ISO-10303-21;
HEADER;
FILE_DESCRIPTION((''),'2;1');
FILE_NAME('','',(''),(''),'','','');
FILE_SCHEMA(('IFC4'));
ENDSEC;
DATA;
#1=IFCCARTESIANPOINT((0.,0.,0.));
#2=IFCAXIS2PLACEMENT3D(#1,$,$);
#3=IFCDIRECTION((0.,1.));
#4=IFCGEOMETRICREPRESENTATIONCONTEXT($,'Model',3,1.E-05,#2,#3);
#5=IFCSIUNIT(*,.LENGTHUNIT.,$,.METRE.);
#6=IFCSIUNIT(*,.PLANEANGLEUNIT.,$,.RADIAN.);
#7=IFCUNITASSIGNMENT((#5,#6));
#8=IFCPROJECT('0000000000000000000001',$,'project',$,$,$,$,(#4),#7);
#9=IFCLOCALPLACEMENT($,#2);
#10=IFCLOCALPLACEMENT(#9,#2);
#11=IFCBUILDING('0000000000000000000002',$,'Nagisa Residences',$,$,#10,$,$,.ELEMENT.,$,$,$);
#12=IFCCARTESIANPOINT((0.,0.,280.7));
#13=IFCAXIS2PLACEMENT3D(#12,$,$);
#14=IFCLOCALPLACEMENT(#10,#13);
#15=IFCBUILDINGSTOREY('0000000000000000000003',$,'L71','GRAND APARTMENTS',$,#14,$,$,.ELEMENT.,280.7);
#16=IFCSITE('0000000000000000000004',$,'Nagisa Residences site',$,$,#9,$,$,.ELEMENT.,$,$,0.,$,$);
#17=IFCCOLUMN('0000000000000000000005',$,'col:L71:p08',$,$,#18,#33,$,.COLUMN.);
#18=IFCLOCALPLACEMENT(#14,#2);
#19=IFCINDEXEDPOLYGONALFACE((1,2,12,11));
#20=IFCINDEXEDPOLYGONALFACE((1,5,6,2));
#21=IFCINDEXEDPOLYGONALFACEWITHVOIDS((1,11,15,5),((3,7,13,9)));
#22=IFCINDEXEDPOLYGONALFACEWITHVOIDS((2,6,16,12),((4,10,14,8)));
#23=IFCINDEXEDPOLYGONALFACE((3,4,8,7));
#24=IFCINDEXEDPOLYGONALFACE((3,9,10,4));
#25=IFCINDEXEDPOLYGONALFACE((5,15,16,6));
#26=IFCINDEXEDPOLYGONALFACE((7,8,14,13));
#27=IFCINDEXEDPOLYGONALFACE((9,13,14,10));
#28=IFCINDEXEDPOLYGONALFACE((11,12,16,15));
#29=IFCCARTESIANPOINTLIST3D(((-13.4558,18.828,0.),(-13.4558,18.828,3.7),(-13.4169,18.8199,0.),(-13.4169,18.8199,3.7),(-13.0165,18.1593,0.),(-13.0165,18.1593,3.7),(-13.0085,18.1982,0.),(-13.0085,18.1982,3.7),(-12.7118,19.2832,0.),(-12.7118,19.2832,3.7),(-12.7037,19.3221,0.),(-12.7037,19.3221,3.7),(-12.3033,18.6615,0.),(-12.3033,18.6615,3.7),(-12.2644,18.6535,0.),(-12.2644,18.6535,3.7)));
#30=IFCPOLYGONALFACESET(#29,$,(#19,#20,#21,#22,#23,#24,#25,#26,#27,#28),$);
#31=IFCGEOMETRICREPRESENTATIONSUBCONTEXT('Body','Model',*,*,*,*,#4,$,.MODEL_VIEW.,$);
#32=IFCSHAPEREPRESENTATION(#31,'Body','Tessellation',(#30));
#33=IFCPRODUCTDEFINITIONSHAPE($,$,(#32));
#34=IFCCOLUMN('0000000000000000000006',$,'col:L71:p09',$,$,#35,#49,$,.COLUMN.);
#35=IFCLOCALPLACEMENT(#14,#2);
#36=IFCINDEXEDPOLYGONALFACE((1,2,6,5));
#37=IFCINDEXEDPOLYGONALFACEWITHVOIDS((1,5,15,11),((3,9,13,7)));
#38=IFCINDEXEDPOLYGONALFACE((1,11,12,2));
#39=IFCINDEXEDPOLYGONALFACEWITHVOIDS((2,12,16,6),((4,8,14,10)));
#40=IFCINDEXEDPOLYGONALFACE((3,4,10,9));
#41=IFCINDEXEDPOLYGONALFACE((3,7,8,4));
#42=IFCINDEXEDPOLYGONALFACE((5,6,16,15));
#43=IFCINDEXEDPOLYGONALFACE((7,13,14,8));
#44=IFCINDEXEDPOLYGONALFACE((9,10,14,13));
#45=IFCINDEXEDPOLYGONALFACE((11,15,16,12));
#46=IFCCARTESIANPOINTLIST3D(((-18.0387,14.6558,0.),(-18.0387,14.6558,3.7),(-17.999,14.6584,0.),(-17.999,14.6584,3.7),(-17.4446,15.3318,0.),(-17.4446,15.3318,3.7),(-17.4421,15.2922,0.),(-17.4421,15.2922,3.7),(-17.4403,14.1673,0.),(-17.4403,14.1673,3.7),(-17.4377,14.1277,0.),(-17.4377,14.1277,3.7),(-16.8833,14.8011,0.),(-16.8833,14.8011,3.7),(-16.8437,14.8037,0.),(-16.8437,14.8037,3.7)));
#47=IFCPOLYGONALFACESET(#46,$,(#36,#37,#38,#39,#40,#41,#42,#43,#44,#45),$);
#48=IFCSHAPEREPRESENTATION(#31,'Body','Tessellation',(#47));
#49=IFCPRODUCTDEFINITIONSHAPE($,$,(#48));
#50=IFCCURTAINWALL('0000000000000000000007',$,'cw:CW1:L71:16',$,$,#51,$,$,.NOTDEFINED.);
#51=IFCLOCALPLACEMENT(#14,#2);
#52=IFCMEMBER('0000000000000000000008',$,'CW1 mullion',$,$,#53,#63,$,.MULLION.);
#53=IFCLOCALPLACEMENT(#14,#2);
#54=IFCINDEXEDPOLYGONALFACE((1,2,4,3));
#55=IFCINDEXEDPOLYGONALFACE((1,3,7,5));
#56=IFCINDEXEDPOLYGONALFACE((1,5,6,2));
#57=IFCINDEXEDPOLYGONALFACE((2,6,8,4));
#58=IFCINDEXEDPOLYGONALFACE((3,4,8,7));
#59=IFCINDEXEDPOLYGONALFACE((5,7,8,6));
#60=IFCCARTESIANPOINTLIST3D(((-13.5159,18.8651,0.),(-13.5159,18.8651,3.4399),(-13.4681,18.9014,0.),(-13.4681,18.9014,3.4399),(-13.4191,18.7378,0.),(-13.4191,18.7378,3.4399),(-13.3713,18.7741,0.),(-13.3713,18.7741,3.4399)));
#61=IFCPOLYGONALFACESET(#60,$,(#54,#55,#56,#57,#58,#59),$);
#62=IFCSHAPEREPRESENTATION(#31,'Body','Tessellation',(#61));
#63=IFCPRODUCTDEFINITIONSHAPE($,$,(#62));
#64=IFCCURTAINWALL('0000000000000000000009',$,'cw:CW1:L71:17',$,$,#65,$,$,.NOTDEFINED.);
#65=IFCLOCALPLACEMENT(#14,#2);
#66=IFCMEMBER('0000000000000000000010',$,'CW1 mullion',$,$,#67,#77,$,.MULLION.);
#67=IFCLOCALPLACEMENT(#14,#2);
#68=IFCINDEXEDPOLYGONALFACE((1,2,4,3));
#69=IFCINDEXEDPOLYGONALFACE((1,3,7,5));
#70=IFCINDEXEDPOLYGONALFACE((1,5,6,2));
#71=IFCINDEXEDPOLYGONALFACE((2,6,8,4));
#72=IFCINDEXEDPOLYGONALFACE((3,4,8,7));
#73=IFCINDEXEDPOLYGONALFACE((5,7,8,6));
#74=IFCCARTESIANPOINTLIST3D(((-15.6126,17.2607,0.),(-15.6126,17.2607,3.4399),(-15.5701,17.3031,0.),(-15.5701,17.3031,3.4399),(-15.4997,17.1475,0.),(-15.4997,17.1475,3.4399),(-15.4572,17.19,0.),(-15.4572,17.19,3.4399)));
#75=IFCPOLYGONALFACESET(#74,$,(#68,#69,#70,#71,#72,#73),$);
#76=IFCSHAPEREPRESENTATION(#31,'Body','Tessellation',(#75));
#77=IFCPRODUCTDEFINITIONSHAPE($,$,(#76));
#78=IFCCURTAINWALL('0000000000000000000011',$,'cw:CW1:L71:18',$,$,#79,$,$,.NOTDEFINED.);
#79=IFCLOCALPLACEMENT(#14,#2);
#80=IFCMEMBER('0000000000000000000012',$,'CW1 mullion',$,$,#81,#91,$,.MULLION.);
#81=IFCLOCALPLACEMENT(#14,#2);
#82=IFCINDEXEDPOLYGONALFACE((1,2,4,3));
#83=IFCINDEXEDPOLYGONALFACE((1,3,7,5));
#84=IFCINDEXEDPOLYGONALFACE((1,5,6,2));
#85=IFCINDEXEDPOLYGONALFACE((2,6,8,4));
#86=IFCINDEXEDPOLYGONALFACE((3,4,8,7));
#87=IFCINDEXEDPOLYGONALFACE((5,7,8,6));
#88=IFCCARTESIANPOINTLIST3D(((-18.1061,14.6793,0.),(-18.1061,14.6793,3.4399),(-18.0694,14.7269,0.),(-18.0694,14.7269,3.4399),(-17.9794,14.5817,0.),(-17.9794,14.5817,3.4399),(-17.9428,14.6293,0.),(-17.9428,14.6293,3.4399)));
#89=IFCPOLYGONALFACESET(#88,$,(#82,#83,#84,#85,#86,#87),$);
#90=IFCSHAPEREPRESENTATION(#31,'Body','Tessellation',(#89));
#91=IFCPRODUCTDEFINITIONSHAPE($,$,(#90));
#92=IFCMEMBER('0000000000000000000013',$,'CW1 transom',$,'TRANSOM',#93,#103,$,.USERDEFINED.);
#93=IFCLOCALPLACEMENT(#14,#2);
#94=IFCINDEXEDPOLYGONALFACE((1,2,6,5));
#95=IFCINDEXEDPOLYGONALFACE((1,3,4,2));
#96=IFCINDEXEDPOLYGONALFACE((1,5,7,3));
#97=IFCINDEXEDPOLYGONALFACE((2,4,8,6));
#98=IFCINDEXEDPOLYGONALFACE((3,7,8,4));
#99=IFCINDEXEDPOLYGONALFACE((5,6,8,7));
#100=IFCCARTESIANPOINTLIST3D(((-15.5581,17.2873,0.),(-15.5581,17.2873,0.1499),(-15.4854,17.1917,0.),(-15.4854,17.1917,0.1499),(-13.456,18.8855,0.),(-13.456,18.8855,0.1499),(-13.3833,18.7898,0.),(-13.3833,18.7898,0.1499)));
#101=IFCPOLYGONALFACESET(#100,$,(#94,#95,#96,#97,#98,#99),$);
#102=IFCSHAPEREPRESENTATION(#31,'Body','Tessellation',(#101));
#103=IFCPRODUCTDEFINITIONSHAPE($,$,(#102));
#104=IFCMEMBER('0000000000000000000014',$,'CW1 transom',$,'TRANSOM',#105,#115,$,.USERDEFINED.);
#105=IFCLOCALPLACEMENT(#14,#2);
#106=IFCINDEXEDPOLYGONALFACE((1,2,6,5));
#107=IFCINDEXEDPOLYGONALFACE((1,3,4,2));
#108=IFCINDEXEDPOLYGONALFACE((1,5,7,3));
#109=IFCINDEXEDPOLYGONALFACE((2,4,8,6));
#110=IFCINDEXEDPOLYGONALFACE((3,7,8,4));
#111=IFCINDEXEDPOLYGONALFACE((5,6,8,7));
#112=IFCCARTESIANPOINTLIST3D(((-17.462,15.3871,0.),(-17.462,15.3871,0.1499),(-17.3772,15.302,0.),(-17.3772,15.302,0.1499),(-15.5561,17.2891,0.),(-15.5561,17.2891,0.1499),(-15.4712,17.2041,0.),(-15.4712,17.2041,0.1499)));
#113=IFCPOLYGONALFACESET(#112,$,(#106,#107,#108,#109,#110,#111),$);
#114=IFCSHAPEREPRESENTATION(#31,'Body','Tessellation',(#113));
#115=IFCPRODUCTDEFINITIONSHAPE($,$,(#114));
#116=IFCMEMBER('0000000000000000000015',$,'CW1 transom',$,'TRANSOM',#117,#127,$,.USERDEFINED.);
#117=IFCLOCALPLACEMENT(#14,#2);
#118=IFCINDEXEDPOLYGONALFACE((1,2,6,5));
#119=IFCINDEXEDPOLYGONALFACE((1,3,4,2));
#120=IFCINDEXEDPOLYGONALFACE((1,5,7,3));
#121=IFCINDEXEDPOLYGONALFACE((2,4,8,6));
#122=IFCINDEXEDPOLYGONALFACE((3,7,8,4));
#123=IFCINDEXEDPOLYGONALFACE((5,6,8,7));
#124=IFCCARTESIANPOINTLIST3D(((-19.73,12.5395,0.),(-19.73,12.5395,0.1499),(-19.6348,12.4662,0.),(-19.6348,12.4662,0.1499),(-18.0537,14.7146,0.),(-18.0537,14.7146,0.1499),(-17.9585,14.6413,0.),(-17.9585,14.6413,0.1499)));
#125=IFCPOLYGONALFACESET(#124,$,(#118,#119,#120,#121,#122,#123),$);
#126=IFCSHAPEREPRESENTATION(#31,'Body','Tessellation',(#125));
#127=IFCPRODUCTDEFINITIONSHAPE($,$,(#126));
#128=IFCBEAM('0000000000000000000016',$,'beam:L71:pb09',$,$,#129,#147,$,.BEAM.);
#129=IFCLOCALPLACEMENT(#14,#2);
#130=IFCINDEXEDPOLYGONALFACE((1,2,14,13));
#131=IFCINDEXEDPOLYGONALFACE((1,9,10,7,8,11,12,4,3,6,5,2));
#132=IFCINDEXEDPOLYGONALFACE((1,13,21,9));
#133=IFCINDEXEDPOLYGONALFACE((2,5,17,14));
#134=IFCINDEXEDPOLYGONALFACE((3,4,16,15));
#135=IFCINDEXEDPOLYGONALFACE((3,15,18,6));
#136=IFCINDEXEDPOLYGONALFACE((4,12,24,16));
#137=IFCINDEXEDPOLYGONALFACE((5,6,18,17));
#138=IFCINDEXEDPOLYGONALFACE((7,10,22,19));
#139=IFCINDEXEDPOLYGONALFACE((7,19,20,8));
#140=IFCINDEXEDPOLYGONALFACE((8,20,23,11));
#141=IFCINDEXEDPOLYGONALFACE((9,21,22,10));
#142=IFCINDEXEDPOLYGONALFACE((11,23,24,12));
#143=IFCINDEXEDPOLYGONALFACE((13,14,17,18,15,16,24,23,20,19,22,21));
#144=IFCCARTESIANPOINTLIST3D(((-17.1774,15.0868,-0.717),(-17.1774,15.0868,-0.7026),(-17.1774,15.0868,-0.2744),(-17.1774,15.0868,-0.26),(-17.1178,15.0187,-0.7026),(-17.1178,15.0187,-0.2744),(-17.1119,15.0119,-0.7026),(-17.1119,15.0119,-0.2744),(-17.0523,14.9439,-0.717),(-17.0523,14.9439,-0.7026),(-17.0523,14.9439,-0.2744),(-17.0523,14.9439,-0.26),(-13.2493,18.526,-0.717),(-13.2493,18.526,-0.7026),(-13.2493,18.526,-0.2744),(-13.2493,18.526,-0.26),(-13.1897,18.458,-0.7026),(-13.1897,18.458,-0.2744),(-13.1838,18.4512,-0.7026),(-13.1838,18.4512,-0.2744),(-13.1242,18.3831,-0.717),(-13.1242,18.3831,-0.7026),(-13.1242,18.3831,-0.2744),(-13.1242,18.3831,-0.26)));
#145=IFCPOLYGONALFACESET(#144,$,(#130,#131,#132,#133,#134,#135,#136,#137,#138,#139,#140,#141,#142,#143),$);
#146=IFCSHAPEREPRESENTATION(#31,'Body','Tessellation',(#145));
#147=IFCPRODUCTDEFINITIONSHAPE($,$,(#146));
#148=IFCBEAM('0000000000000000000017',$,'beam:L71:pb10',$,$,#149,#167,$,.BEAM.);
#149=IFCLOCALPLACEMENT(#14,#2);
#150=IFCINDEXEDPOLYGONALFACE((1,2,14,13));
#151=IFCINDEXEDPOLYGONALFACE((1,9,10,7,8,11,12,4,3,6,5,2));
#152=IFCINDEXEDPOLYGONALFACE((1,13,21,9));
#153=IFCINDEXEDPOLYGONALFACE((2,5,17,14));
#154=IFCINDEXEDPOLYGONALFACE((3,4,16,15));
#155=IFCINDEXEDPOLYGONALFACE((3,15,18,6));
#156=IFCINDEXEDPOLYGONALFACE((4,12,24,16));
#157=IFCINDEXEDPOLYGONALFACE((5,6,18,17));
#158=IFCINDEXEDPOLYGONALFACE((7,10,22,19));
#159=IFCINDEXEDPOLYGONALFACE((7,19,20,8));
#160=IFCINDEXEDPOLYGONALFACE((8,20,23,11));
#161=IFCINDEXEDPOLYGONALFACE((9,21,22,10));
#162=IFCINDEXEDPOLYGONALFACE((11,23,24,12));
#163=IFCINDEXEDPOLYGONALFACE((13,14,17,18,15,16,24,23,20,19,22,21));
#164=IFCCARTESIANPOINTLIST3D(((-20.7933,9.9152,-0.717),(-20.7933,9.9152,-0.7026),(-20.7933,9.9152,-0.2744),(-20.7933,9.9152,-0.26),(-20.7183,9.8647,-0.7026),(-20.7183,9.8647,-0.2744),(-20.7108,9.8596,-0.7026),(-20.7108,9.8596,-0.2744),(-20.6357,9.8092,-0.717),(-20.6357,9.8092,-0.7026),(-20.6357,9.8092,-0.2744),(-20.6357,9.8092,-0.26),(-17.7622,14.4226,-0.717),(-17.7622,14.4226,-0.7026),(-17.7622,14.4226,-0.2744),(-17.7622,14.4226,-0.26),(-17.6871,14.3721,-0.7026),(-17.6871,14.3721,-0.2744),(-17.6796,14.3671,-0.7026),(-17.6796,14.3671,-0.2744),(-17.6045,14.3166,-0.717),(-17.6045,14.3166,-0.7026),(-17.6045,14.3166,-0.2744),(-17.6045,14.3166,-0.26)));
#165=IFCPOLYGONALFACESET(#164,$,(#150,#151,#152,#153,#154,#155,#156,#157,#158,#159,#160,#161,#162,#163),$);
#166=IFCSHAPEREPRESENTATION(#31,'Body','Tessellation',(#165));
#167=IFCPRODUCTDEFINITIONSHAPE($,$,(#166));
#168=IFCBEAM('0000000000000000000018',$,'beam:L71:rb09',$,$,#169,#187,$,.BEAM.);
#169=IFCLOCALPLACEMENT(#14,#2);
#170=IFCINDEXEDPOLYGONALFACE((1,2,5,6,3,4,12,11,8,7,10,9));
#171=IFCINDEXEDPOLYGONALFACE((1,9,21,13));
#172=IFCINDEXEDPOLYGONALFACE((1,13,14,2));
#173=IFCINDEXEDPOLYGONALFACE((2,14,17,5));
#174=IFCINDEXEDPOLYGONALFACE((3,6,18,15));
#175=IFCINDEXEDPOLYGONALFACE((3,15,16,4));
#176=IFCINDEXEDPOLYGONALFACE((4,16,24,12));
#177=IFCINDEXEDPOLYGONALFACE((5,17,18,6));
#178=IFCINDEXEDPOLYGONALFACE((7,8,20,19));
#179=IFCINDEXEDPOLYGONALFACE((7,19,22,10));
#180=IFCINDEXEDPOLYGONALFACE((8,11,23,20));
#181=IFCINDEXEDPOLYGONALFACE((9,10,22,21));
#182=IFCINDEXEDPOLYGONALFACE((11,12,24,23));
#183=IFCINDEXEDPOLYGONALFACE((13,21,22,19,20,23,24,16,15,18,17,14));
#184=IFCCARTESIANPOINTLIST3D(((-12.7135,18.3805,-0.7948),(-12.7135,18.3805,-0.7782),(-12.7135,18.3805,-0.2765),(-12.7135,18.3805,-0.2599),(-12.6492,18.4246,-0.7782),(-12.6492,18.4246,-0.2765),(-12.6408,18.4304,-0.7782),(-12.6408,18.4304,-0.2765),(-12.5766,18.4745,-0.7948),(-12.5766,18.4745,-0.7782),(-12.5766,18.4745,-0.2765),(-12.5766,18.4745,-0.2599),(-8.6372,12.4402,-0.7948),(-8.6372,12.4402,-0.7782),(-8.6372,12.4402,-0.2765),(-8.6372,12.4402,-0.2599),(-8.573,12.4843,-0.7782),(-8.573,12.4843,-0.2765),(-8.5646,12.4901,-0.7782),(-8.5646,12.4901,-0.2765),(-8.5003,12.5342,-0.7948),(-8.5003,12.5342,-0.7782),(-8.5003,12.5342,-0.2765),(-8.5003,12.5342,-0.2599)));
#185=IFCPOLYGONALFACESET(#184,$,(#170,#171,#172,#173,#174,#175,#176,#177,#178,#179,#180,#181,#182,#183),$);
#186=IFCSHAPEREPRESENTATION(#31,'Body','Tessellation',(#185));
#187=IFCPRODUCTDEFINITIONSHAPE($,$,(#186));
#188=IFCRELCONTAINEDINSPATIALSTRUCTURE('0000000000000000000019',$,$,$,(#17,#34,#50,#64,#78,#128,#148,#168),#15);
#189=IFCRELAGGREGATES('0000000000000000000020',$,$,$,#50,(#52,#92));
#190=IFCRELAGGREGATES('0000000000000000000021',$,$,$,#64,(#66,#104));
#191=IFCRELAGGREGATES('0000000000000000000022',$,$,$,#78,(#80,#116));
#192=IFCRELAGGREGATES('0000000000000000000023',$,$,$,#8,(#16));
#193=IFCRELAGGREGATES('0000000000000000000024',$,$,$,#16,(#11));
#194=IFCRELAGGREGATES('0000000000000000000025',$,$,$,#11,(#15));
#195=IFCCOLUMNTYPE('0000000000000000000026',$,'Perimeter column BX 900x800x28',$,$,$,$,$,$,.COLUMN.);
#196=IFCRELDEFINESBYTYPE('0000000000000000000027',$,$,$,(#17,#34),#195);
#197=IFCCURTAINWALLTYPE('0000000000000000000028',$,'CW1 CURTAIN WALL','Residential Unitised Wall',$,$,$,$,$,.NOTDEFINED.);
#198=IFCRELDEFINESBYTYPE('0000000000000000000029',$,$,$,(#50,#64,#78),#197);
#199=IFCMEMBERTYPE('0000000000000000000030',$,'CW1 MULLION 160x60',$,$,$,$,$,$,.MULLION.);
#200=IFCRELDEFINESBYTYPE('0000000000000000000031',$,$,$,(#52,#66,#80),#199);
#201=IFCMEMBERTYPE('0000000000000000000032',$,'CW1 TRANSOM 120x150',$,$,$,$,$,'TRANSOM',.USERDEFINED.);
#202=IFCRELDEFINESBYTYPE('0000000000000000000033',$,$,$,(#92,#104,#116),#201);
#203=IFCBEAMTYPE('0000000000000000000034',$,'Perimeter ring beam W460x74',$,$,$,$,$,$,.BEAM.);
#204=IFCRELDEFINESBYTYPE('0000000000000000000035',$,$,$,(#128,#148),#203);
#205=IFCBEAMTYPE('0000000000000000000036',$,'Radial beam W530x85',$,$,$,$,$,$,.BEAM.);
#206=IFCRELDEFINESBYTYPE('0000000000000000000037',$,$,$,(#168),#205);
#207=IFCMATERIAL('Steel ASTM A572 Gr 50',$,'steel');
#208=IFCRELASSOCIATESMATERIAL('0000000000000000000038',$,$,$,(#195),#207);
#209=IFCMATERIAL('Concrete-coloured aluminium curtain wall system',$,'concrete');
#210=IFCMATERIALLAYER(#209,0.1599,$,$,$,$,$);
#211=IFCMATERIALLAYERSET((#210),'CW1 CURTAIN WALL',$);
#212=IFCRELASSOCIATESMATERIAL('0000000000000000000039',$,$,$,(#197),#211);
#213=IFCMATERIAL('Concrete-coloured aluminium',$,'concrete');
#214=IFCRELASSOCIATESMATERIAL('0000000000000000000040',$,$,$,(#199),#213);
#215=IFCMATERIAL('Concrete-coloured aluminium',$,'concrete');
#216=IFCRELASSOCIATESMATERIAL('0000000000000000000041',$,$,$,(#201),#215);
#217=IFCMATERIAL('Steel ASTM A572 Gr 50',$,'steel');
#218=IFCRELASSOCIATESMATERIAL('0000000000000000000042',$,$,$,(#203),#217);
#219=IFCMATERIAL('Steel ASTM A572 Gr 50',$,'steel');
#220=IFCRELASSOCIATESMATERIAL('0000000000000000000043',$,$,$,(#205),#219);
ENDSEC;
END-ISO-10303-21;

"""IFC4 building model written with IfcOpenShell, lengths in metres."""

from ifc_helpers import new_model, si_unit, direction, frame, origin, origin_2d, place, context, subcontext, project, spatial, rectangle, hollow_rectangle, i_section, extrude, material, layer, layer_set, material_profile, profile_set, type_object, element, aggregate, save


model = new_model("IFC4")

# Units and contexts
model_context = context("Model", 3, precision=1e-05, world=origin(), true_north=direction((0.0, 1.0)))
body_context = subcontext(model_context, "Body", "Model", "MODEL_VIEW")
ifc_project = project(units=[si_unit("LENGTHUNIT", "METRE"), si_unit("PLANEANGLEUNIT", "RADIAN")], contexts=[model_context])

# Site, building, storey
site_placement = place(None, origin())
site = spatial("IfcSite", under=ifc_project, at=site_placement, Name="Nagisa Residences site", CompositionType="ELEMENT", RefElevation=0.0)
building_placement = place(site_placement, origin())
building = spatial("IfcBuilding", under=site, at=building_placement, Name="Nagisa Residences", CompositionType="ELEMENT")
storey_placement = place(building_placement, frame((0.0, 0.0, 280.7)))
storey = spatial("IfcBuildingStorey", under=building, at=storey_placement, Name="L71", Description="GRAND APARTMENTS", CompositionType="ELEMENT", Elevation=280.7)

# Columns
ifc_material_1 = material(Name="Steel ASTM A572 Gr 50", Category="steel")
ifc_material_profile_1 = material_profile(ifc_material_1, hollow_rectangle(XDim=0.8999, YDim=0.8, WallThickness=0.0281, at=origin_2d()), Name="BX 900x800x28")
ifc_profile_set_1 = profile_set([ifc_material_profile_1], Name="Steel ASTM A572 Gr 50")
column_type = type_object("IfcColumnType", Name="Perimeter column BX 900x800x28", PredefinedType="COLUMN", material=ifc_profile_set_1)
for number, where, z_axis, x_axis, name in (
    (1, (-12.8601, 18.7407, 0.0), (0.0, 0.0, 1.0), (-0.835766, -0.549086, 0.0), "col:L71:p08"),
    (2, (-17.4412, 14.7297, 0.0), (0.0, 0.0, 1.0), (-0.660115, -0.751165, 0.0), "col:L71:p09"),
):
    element("IfcColumn", number, at=place(storey_placement, frame(where, z_axis=z_axis, x_axis=x_axis)), inside=storey, type_object=column_type, Name=name, PredefinedType="COLUMN", context=body_context, shape_type="SweptSolid", body=[
        extrude(hollow_rectangle(XDim=0.8999, YDim=0.8, WallThickness=0.0281, at=origin_2d()), origin(), (0.0, 0.0, 1.0), 3.7),
    ])

# Curtain walls, members
ifc_material_2 = material(Name="Concrete-coloured aluminium curtain wall system", Category="concrete")
ifc_layer_1 = layer(ifc_material_2, 0.1599)
ifc_layer_set_1 = layer_set([ifc_layer_1], Name="CW1 CURTAIN WALL")
curtain_wall_type = type_object("IfcCurtainWallType", Name="CW1 CURTAIN WALL", Description="Residential Unitised Wall", PredefinedType="NOTDEFINED", material=ifc_layer_set_1)
curtain_wall_1_placement = place(storey_placement, origin())
curtain_wall_1 = element("IfcCurtainWall", 3, at=curtain_wall_1_placement, inside=storey, type_object=curtain_wall_type, Name="cw:CW1:L71:16", PredefinedType="NOTDEFINED")
ifc_material_3 = material(Name="Concrete-coloured aluminium", Category="concrete")
ifc_material_profile_2 = material_profile(ifc_material_3, rectangle(XDim=0.1599, YDim=0.0601, at=origin_2d()), Name="CW1 MULLION 160x60")
ifc_profile_set_2 = profile_set([ifc_material_profile_2], Name="Concrete-coloured aluminium")
member_type_1 = type_object("IfcMemberType", Name="CW1 MULLION 160x60", PredefinedType="MULLION", material=ifc_profile_set_2)
member_1_placement = place(storey_placement, frame((-13.4436, 18.8196, 0.0), z_axis=(0.0, 0.0, 1.0), x_axis=(0.605255, -0.796031, 0.0)))
member_1 = element("IfcMember", 4, at=member_1_placement, type_object=member_type_1, Name="CW1 mullion", PredefinedType="MULLION", context=body_context, shape_type="SweptSolid", body=[
    extrude(rectangle(XDim=0.1599, YDim=0.0601, at=origin_2d()), origin(), (0.0, 0.0, 1.0), 3.4399),
])
curtain_wall_2_placement = place(storey_placement, origin())
curtain_wall_2 = element("IfcCurtainWall", 5, at=curtain_wall_2_placement, inside=storey, type_object=curtain_wall_type, Name="cw:CW1:L71:17", PredefinedType="NOTDEFINED")
member_2_placement = place(storey_placement, frame((-15.5349, 17.2253, 0.0), z_axis=(0.0, 0.0, 1.0), x_axis=(0.706377, -0.707836, 0.0)))
member_2 = element("IfcMember", 6, at=member_2_placement, type_object=member_type_1, Name="CW1 mullion", PredefinedType="MULLION", context=body_context, shape_type="SweptSolid", body=[
    extrude(rectangle(XDim=0.1599, YDim=0.0601, at=origin_2d()), origin(), (0.0, 0.0, 1.0), 3.4399),
])
curtain_wall_3_placement = place(storey_placement, origin())
curtain_wall_3 = element("IfcCurtainWall", 7, at=curtain_wall_3_placement, inside=storey, type_object=curtain_wall_type, Name="cw:CW1:L71:18", PredefinedType="NOTDEFINED")
member_3_placement = place(storey_placement, frame((-18.0244, 14.6543, 0.0), z_axis=(0.0, 0.0, 1.0), x_axis=(0.79207, -0.61043, 0.0)))
member_3 = element("IfcMember", 8, at=member_3_placement, type_object=member_type_1, Name="CW1 mullion", PredefinedType="MULLION", context=body_context, shape_type="SweptSolid", body=[
    extrude(rectangle(XDim=0.1599, YDim=0.0601, at=origin_2d()), origin(), (0.0, 0.0, 1.0), 3.4399),
])

# Members
ifc_material_4 = material(Name="Concrete-coloured aluminium", Category="concrete")
ifc_material_profile_3 = material_profile(ifc_material_4, rectangle(XDim=0.1201, YDim=0.1499, at=origin_2d()), Name="CW1 TRANSOM 120x150")
ifc_profile_set_3 = profile_set([ifc_material_profile_3], Name="Concrete-coloured aluminium")
member_type_2 = type_object("IfcMemberType", Name="CW1 TRANSOM 120x150", ElementType="TRANSOM", PredefinedType="USERDEFINED", material=ifc_profile_set_3)
member_4_placement = place(storey_placement, frame((-13.4197, 18.8376, 0.075), z_axis=(-0.796055, -0.605224, 0.0), x_axis=(0.605224, -0.796055, 0.0)))
member_4 = element("IfcMember", 9, at=member_4_placement, type_object=member_type_2, Name="CW1 transom", ObjectType="TRANSOM", PredefinedType="USERDEFINED", context=body_context, shape_type="SweptSolid", body=[
    extrude(rectangle(XDim=0.1201, YDim=0.1499, at=origin_2d()), origin(), (0.0, 0.0, 1.0), 2.6406),
])
member_5_placement = place(storey_placement, frame((-15.5137, 17.2466, 0.075), z_axis=(-0.707832, -0.706381, 0.0), x_axis=(0.706381, -0.707832, 0.0)))
member_5 = element("IfcMember", 10, at=member_5_placement, type_object=member_type_2, Name="CW1 transom", ObjectType="TRANSOM", PredefinedType="USERDEFINED", context=body_context, shape_type="SweptSolid", body=[
    extrude(rectangle(XDim=0.1201, YDim=0.1499, at=origin_2d()), origin(), (0.0, 0.0, 1.0), 2.6926),
])
member_6_placement = place(storey_placement, frame((-18.0061, 14.678, 0.075), z_axis=(-0.610432, -0.792068, 0.0), x_axis=(0.792068, -0.610432, 0.0)))
member_6 = element("IfcMember", 11, at=member_6_placement, type_object=member_type_2, Name="CW1 transom", ObjectType="TRANSOM", PredefinedType="USERDEFINED", context=body_context, shape_type="SweptSolid", body=[
    extrude(rectangle(XDim=0.1201, YDim=0.1499, at=origin_2d()), origin(), (0.0, 0.0, 1.0), 2.7461),
])

# Beams
ifc_material_5 = material(Name="Steel ASTM A572 Gr 50", Category="steel")
ifc_material_profile_4 = material_profile(ifc_material_5, i_section(OverallWidth=0.1899, OverallDepth=0.457, WebThickness=0.009, FlangeThickness=0.0144, at=origin_2d()), Name="W460x74")
ifc_profile_set_4 = profile_set([ifc_material_profile_4], Name="Steel ASTM A572 Gr 50")
beam_type_1 = type_object("IfcBeamType", Name="Perimeter ring beam W460x74", PredefinedType="BEAM", material=ifc_profile_set_4)
beam_1_placement = place(storey_placement, frame((-13.1868, 18.4546, -0.4885), z_axis=(-0.752365, -0.658746, 0.0), x_axis=(0.658746, -0.752365, 0.0)))
element("IfcBeam", 12, at=beam_1_placement, inside=storey, type_object=beam_type_1, Name="beam:L71:pb09", PredefinedType="BEAM", context=body_context, shape_type="SweptSolid", body=[
    extrude(i_section(OverallWidth=0.1899, OverallDepth=0.457, WebThickness=0.009, FlangeThickness=0.0144, at=origin_2d()), origin(), (0.0, 0.0, 1.0), 5.2209),
])
beam_2_placement = place(storey_placement, frame((-17.6833, 14.3696, -0.4885), z_axis=(-0.558035, -0.829817, 0.0), x_axis=(0.829817, -0.558035, 0.0)))
element("IfcBeam", 13, at=beam_2_placement, inside=storey, type_object=beam_type_1, Name="beam:L71:pb10", PredefinedType="BEAM", context=body_context, shape_type="SweptSolid", body=[
    extrude(i_section(OverallWidth=0.1899, OverallDepth=0.457, WebThickness=0.009, FlangeThickness=0.0144, at=origin_2d()), origin(), (0.0, 0.0, 1.0), 5.4319),
])
ifc_material_6 = material(Name="Steel ASTM A572 Gr 50", Category="steel")
ifc_material_profile_5 = material_profile(ifc_material_6, i_section(OverallWidth=0.166, OverallDepth=0.5349, WebThickness=0.0103, FlangeThickness=0.0166, at=origin_2d()), Name="W530x85")
ifc_profile_set_5 = profile_set([ifc_material_profile_5], Name="Steel ASTM A572 Gr 50")
beam_type_2 = type_object("IfcBeamType", Name="Radial beam W530x85", PredefinedType="BEAM", material=ifc_profile_set_5)
beam_3_placement = place(storey_placement, frame((-12.645, 18.4275, -0.5273), z_axis=(0.565802, -0.824541, 0.0), x_axis=(0.824541, 0.565802, 0.0)))
element("IfcBeam", 14, at=beam_3_placement, inside=storey, type_object=beam_type_2, Name="beam:L71:rb09", PredefinedType="BEAM", context=body_context, shape_type="SweptSolid", body=[
    extrude(i_section(OverallWidth=0.166, OverallDepth=0.5349, WebThickness=0.0103, FlangeThickness=0.0166, at=origin_2d()), origin(), (0.0, 0.0, 1.0), 7.2043),
])

aggregate(curtain_wall_1, [member_1, member_4])
aggregate(curtain_wall_2, [member_2, member_5])
aggregate(curtain_wall_3, [member_3, member_6])

save(model, "model.ifc")
